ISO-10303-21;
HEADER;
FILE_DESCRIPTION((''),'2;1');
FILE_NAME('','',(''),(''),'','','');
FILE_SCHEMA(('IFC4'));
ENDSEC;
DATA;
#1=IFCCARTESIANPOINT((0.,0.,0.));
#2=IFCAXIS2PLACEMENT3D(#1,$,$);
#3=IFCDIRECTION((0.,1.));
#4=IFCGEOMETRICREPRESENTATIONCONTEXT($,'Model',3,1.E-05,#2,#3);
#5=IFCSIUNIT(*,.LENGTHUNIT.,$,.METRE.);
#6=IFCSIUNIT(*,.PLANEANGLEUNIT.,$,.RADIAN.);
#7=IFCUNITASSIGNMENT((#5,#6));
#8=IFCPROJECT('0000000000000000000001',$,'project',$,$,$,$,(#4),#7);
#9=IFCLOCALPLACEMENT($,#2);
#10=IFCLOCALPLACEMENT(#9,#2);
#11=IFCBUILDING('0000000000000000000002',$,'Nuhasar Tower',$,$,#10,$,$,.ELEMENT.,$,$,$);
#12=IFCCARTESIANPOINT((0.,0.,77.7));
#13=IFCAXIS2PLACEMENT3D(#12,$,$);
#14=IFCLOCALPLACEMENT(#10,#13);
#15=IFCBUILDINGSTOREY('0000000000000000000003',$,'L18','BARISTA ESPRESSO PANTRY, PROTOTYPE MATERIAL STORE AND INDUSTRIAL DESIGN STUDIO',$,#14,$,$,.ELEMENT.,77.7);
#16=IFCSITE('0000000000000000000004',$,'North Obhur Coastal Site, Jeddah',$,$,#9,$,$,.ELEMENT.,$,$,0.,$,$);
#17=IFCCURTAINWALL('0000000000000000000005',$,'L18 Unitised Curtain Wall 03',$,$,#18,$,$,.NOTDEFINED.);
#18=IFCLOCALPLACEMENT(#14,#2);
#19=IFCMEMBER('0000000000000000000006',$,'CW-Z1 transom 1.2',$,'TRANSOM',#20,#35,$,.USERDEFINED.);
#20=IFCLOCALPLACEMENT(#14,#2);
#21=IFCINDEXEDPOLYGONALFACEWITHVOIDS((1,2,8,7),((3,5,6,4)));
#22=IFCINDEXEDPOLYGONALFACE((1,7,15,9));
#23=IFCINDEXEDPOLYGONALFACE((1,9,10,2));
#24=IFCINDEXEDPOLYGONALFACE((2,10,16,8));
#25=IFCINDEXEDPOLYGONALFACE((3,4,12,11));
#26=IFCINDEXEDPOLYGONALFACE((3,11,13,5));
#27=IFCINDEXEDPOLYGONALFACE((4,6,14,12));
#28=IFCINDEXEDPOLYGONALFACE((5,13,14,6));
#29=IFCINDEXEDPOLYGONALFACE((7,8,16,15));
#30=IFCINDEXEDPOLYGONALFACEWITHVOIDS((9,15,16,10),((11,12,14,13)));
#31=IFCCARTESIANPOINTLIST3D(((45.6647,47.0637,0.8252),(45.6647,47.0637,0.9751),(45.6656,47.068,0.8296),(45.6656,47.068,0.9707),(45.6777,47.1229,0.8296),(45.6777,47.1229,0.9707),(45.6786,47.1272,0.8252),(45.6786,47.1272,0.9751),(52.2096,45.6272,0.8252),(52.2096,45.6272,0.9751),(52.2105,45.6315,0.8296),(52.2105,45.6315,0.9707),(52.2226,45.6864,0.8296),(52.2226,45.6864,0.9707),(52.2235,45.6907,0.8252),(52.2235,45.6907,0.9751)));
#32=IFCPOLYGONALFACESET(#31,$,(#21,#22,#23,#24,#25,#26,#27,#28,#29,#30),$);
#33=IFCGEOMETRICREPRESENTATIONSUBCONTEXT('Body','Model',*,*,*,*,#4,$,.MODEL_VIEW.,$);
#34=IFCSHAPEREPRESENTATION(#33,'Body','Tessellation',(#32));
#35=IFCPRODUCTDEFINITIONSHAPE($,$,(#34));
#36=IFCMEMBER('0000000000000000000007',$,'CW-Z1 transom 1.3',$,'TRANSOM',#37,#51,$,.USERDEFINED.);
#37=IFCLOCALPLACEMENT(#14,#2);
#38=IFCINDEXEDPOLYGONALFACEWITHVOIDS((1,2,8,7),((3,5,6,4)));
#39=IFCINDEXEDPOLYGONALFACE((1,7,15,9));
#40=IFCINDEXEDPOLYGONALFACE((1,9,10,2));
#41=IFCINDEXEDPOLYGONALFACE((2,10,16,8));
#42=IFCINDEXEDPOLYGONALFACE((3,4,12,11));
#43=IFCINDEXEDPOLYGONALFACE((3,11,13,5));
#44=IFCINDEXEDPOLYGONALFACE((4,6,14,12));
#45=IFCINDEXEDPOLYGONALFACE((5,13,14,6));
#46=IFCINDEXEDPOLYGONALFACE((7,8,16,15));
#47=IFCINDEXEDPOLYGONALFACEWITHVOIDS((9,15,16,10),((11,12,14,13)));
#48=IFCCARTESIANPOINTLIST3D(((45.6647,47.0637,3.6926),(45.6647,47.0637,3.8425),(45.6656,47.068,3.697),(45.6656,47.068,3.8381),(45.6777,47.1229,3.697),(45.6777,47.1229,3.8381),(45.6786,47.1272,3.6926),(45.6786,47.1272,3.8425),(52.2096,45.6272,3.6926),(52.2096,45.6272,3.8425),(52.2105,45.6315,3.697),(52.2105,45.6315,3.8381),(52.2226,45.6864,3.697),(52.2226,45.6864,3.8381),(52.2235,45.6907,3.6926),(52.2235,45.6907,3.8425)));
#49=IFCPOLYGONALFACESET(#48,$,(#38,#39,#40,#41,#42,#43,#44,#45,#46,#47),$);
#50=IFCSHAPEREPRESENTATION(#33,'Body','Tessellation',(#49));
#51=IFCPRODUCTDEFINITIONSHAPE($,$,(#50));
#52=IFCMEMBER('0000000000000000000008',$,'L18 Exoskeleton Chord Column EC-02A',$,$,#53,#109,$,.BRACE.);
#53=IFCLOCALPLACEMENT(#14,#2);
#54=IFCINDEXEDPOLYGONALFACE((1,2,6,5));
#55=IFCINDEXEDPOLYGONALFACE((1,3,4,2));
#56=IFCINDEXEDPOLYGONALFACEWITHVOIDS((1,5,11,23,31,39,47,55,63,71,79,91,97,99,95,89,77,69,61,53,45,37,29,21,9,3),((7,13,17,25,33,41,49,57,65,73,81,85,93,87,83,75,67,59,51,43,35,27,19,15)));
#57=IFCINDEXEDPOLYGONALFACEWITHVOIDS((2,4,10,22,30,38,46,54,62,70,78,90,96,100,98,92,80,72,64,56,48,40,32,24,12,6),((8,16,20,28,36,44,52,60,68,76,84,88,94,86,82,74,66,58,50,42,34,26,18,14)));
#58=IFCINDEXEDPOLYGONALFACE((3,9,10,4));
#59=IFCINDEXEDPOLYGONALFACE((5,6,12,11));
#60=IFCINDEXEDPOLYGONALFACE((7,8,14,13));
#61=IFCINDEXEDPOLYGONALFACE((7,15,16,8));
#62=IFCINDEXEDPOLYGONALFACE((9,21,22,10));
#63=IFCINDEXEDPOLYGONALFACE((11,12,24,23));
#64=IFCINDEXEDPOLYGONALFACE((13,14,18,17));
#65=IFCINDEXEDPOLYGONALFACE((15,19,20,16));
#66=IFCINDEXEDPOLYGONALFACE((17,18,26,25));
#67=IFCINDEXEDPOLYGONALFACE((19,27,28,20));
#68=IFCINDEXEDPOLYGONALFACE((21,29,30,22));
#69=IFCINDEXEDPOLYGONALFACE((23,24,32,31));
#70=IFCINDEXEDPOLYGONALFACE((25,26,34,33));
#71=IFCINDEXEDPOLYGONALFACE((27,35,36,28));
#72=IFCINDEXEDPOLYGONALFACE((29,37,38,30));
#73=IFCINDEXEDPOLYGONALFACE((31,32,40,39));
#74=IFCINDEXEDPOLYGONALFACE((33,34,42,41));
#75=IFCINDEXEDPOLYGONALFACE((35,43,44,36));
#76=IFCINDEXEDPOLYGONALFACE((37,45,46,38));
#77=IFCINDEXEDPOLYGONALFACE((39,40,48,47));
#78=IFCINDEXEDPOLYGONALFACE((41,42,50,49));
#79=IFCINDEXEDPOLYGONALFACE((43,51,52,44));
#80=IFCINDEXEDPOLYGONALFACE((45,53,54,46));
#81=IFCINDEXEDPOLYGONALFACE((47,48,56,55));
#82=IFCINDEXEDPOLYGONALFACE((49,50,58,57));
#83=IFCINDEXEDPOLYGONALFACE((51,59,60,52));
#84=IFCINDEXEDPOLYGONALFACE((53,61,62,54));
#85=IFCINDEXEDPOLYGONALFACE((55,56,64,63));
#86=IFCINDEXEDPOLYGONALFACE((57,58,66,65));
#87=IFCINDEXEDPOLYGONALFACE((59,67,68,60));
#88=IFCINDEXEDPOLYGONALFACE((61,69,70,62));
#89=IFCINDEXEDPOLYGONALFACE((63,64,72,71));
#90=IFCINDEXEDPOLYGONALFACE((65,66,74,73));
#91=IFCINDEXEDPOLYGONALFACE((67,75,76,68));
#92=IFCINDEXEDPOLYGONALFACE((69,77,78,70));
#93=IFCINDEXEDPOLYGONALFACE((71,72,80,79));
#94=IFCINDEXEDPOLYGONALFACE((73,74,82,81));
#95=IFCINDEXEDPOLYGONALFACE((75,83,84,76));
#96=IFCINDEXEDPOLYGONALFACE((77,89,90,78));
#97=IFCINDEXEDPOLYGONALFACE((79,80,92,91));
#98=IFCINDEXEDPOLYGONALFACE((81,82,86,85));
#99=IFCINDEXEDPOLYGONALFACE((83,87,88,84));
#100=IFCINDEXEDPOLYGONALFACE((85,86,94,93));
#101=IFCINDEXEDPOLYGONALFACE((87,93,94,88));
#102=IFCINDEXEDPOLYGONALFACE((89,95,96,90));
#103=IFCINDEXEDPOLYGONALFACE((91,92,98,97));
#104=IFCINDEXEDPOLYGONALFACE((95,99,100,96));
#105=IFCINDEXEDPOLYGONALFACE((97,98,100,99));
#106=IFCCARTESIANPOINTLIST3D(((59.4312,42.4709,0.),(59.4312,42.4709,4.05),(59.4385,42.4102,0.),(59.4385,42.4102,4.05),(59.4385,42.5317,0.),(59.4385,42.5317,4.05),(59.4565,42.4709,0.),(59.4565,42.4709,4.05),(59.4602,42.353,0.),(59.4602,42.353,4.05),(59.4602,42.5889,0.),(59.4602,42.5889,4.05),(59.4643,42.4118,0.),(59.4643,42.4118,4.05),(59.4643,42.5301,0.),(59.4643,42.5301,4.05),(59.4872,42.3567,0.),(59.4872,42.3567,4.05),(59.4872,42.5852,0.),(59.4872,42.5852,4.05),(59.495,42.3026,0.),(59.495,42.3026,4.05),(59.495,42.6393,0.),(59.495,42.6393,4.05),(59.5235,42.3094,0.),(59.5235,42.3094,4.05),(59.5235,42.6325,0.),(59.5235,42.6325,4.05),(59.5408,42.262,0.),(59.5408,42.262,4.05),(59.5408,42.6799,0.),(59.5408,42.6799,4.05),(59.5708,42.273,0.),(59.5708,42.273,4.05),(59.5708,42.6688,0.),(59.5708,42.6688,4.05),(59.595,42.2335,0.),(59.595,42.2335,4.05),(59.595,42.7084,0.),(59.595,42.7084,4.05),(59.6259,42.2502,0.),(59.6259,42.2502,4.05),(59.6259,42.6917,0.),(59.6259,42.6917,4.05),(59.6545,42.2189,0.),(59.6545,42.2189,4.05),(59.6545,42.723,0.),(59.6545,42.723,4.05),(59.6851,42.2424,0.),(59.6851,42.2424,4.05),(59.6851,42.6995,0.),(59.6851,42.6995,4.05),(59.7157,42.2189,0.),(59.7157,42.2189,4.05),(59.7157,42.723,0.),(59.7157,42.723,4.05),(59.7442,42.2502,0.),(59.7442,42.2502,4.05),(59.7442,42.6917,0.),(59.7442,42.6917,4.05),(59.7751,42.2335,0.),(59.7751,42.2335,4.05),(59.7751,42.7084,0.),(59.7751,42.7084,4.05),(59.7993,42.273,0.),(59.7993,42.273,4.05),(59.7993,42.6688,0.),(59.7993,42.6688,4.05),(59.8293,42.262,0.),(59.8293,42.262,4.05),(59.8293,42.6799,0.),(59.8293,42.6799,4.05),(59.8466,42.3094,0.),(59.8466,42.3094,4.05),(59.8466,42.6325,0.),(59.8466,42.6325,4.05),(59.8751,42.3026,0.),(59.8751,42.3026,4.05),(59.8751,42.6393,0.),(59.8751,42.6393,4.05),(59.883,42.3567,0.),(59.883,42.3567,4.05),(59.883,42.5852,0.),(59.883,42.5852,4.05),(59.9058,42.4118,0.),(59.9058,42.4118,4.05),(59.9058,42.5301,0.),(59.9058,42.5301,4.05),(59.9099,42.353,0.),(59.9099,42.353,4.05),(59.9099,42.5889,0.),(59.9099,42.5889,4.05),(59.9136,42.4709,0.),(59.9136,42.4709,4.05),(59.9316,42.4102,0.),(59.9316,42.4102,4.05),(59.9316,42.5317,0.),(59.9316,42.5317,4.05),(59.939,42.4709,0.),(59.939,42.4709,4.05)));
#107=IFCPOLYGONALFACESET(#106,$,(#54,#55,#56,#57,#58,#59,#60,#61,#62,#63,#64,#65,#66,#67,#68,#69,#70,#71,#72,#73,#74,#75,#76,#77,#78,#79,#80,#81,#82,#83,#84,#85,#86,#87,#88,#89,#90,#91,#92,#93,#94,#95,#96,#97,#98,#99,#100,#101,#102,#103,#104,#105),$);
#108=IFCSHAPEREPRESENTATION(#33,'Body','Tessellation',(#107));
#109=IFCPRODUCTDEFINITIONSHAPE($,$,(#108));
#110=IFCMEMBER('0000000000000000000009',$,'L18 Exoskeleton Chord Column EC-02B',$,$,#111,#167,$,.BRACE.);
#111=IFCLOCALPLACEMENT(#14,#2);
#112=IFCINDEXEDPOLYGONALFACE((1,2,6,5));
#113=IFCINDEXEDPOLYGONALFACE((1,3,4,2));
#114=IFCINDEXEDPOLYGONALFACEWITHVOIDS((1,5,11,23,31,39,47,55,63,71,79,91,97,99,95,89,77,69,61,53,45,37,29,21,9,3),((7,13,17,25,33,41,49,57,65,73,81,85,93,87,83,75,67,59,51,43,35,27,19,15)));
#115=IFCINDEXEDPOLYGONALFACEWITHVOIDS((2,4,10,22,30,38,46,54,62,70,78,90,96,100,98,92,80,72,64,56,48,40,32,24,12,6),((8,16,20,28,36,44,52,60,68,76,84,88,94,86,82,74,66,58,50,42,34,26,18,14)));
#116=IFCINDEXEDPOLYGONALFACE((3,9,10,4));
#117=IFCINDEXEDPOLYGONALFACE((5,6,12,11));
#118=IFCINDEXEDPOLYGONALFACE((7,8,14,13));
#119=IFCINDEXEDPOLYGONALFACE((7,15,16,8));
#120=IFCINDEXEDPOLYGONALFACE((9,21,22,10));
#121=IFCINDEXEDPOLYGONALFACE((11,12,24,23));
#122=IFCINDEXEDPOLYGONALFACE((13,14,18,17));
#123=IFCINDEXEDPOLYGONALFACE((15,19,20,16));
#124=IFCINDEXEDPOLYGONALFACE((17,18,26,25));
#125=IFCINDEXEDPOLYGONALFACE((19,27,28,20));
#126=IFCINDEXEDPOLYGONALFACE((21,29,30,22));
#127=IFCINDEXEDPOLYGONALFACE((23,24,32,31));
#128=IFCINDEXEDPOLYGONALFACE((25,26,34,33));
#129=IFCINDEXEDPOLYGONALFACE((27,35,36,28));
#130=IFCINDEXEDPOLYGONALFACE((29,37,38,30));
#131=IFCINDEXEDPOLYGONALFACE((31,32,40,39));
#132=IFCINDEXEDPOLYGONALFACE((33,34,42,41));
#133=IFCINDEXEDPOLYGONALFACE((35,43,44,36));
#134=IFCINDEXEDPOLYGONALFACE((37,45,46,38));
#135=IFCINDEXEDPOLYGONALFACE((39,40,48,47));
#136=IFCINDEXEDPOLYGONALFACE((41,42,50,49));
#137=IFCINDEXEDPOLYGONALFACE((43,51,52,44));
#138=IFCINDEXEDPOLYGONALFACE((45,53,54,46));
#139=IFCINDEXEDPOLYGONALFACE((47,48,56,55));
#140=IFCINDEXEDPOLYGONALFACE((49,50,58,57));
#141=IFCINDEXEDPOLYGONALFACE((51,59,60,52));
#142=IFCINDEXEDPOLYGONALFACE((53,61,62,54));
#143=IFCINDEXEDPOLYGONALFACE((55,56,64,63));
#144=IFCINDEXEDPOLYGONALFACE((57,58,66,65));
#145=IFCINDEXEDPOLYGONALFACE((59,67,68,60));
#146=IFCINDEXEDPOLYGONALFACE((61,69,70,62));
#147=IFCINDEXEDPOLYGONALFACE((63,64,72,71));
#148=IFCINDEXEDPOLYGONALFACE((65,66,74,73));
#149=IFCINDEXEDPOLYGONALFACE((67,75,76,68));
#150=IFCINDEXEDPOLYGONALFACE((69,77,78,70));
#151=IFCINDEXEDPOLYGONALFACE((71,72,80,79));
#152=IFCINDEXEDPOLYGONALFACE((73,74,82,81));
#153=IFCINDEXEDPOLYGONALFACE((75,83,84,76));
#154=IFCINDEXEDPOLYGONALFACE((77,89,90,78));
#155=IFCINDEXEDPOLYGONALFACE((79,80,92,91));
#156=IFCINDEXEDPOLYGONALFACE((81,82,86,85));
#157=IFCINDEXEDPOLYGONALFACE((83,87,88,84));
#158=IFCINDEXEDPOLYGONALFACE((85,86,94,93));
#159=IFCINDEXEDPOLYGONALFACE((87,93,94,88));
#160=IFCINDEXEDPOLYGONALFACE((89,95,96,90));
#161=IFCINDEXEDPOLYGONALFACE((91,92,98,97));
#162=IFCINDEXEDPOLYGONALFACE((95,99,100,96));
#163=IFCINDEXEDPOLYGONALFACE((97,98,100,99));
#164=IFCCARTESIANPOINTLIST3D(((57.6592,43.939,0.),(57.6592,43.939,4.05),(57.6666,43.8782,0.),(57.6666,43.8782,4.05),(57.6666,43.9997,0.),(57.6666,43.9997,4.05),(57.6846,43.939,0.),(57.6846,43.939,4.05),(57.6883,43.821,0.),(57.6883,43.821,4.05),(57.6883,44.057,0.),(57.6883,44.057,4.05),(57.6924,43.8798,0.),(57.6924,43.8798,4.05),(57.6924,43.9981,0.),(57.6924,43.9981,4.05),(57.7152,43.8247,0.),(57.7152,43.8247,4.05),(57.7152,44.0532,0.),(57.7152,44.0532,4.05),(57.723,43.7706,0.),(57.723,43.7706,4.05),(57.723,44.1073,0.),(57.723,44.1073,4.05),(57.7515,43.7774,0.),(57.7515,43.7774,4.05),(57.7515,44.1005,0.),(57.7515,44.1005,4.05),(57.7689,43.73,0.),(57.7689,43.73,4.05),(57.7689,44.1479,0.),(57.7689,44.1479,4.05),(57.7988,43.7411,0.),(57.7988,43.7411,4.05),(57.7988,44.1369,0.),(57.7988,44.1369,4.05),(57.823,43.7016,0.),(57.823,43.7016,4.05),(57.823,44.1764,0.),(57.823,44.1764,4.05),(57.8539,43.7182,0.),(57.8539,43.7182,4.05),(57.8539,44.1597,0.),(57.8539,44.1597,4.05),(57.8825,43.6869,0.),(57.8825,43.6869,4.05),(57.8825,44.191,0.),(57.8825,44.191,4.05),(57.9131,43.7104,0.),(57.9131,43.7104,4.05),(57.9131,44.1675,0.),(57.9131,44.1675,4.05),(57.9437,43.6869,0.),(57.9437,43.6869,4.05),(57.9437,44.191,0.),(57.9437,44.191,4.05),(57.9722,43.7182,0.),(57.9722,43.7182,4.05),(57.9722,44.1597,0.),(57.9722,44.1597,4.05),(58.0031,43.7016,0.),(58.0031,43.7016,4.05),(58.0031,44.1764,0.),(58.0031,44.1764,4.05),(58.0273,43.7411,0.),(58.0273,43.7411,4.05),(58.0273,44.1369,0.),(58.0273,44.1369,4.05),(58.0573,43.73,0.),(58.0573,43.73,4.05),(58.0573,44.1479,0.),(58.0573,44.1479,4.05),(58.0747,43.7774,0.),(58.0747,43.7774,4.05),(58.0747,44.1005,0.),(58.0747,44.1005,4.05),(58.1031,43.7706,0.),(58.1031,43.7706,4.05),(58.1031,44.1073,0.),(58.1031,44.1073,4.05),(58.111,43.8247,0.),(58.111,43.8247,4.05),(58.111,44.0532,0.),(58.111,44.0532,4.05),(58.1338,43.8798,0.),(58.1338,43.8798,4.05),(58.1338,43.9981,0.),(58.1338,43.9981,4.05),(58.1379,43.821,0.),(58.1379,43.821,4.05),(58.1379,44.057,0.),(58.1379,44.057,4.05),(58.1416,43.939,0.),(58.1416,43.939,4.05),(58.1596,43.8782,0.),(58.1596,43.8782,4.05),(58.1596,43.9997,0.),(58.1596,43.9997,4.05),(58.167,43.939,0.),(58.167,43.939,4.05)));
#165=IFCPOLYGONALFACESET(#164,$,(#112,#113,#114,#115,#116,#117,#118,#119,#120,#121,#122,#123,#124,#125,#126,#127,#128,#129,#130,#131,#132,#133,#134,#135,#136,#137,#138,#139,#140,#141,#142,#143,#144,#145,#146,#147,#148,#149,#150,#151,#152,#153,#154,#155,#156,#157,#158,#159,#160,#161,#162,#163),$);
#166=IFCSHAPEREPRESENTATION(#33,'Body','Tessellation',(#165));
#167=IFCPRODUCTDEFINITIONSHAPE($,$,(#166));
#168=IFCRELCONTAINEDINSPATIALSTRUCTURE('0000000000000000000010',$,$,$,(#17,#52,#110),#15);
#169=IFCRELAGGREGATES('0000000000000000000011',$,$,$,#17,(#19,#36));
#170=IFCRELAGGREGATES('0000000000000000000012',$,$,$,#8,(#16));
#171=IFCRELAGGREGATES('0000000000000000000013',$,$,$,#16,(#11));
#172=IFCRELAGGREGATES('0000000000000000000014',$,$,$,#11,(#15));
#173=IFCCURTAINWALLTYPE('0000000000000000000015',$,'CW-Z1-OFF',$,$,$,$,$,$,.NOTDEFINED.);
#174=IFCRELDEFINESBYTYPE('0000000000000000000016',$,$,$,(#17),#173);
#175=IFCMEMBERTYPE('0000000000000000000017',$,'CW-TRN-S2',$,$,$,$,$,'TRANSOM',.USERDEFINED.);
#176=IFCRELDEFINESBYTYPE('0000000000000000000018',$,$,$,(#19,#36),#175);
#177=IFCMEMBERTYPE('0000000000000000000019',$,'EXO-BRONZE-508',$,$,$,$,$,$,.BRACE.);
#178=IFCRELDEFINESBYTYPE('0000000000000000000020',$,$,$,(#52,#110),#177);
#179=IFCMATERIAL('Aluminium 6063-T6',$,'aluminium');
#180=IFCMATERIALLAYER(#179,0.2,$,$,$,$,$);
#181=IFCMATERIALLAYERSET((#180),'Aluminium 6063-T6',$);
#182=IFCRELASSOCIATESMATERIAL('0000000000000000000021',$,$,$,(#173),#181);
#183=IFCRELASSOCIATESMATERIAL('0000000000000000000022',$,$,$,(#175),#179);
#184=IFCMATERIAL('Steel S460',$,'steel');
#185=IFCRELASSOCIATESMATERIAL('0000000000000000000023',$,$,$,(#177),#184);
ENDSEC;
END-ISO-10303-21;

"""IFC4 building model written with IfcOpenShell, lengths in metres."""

from ifc_helpers import new_model, si_unit, direction, frame, origin, origin_2d, place, context, subcontext, project, spatial, hollow_rectangle, hollow_circle, extrude, material, layer, layer_set, material_profile, profile_set, type_object, element, aggregate, save


model = new_model("IFC4")

# Units and contexts
model_context = context("Model", 3, precision=1e-05, world=origin(), true_north=direction((0.0, 1.0)))
body_context = subcontext(model_context, "Body", "Model", "MODEL_VIEW")
ifc_project = project(units=[si_unit("LENGTHUNIT", "METRE"), si_unit("PLANEANGLEUNIT", "RADIAN")], contexts=[model_context])

# Site, building, storey
site_placement = place(None, origin())
site = spatial("IfcSite", under=ifc_project, at=site_placement, Name="North Obhur Coastal Site, Jeddah", CompositionType="ELEMENT", RefElevation=0.0)
building_placement = place(site_placement, origin())
building = spatial("IfcBuilding", under=site, at=building_placement, Name="Nuhasar Tower", CompositionType="ELEMENT")
storey_placement = place(building_placement, frame((0.0, 0.0, 77.7)))
storey = spatial("IfcBuildingStorey", under=building, at=storey_placement, Name="L18", Description="BARISTA ESPRESSO PANTRY, PROTOTYPE MATERIAL STORE AND INDUSTRIAL DESIGN STUDIO", CompositionType="ELEMENT", Elevation=77.7)

# Shared definitions
ifc_material_1 = material(Name="Aluminium 6063-T6", Category="aluminium")
ifc_layer_1 = layer(ifc_material_1, 0.2)
ifc_layer_set_1 = layer_set([ifc_layer_1], Name="Aluminium 6063-T6")
curtain_wall_type = type_object("IfcCurtainWallType", Name="CW-Z1-OFF", PredefinedType="NOTDEFINED", material=ifc_layer_set_1)

# Curtain wall
curtain_wall_1_placement = place(storey_placement, origin())
curtain_wall_1 = element("IfcCurtainWall", 1, at=curtain_wall_1_placement, inside=storey, type_object=curtain_wall_type, Name="L18 Unitised Curtain Wall 03", PredefinedType="NOTDEFINED")

# Members
ifc_material_profile_1 = material_profile(ifc_material_1, hollow_rectangle(XDim=0.0649, YDim=0.1499, WallThickness=0.0044, at=origin_2d()), Name="CWT-2")
ifc_profile_set_1 = profile_set([ifc_material_profile_1], Name="Aluminium 6063-T6")
member_type_1 = type_object("IfcMemberType", Name="CW-TRN-S2", ElementType="TRANSOM", PredefinedType="USERDEFINED", material=ifc_profile_set_1)
member_1_placement = place(storey_placement, frame((52.2166, 45.6589, 0.9001), z_axis=(-0.97675, 0.214384, 0.0), x_axis=(-0.214384, -0.97675, 0.0)))
member_1 = element("IfcMember", 2, at=member_1_placement, type_object=member_type_1, Name="CW-Z1 transom 1.2", ObjectType="TRANSOM", PredefinedType="USERDEFINED", context=body_context, shape_type="SweptSolid", body=[
    extrude(hollow_rectangle(XDim=0.0649, YDim=0.1499, WallThickness=0.0044, at=origin_2d()), origin(), (0.0, 0.0, 1.0), 6.7007),
])
member_2_placement = place(storey_placement, frame((52.2166, 45.6589, 3.7676), z_axis=(-0.97675, 0.214384, 0.0), x_axis=(-0.214384, -0.97675, 0.0)))
member_2 = element("IfcMember", 3, at=member_2_placement, type_object=member_type_1, Name="CW-Z1 transom 1.3", ObjectType="TRANSOM", PredefinedType="USERDEFINED", context=body_context, shape_type="SweptSolid", body=[
    extrude(hollow_rectangle(XDim=0.0649, YDim=0.1499, WallThickness=0.0044, at=origin_2d()), origin(), (0.0, 0.0, 1.0), 6.7007),
])
aggregate(curtain_wall_1, [member_1, member_2])

# Members
ifc_material_2 = material(Name="Steel S460", Category="steel")
ifc_material_profile_2 = material_profile(ifc_material_2, hollow_circle(Radius=0.2539, WallThickness=0.0254, at=origin_2d()), Name="HSS508X25.4")
ifc_profile_set_2 = profile_set([ifc_material_profile_2], Name="Steel S460")
member_type_2 = type_object("IfcMemberType", Name="EXO-BRONZE-508", PredefinedType="BRACE", material=ifc_profile_set_2)
for number, where, z_axis, x_axis, name in (
    (4, (59.6851, 42.4709, 0.0), (0.0, 0.0, 1.0), (1.0, 0.0, 0.0), "L18 Exoskeleton Chord Column EC-02A"),
    (5, (57.9131, 43.939, 0.0), (0.0, 0.0, 1.0), (1.0, 0.0, 0.0), "L18 Exoskeleton Chord Column EC-02B"),
):
    element("IfcMember", number, at=place(storey_placement, frame(where, z_axis=z_axis, x_axis=x_axis)), inside=storey, type_object=member_type_2, Name=name, PredefinedType="BRACE", context=body_context, shape_type="SweptSolid", body=[
        extrude(hollow_circle(Radius=0.2539, WallThickness=0.0254, at=origin_2d()), origin(), (0.0, 0.0, 1.0), 4.05),
    ])

save(model, "model.ifc")
